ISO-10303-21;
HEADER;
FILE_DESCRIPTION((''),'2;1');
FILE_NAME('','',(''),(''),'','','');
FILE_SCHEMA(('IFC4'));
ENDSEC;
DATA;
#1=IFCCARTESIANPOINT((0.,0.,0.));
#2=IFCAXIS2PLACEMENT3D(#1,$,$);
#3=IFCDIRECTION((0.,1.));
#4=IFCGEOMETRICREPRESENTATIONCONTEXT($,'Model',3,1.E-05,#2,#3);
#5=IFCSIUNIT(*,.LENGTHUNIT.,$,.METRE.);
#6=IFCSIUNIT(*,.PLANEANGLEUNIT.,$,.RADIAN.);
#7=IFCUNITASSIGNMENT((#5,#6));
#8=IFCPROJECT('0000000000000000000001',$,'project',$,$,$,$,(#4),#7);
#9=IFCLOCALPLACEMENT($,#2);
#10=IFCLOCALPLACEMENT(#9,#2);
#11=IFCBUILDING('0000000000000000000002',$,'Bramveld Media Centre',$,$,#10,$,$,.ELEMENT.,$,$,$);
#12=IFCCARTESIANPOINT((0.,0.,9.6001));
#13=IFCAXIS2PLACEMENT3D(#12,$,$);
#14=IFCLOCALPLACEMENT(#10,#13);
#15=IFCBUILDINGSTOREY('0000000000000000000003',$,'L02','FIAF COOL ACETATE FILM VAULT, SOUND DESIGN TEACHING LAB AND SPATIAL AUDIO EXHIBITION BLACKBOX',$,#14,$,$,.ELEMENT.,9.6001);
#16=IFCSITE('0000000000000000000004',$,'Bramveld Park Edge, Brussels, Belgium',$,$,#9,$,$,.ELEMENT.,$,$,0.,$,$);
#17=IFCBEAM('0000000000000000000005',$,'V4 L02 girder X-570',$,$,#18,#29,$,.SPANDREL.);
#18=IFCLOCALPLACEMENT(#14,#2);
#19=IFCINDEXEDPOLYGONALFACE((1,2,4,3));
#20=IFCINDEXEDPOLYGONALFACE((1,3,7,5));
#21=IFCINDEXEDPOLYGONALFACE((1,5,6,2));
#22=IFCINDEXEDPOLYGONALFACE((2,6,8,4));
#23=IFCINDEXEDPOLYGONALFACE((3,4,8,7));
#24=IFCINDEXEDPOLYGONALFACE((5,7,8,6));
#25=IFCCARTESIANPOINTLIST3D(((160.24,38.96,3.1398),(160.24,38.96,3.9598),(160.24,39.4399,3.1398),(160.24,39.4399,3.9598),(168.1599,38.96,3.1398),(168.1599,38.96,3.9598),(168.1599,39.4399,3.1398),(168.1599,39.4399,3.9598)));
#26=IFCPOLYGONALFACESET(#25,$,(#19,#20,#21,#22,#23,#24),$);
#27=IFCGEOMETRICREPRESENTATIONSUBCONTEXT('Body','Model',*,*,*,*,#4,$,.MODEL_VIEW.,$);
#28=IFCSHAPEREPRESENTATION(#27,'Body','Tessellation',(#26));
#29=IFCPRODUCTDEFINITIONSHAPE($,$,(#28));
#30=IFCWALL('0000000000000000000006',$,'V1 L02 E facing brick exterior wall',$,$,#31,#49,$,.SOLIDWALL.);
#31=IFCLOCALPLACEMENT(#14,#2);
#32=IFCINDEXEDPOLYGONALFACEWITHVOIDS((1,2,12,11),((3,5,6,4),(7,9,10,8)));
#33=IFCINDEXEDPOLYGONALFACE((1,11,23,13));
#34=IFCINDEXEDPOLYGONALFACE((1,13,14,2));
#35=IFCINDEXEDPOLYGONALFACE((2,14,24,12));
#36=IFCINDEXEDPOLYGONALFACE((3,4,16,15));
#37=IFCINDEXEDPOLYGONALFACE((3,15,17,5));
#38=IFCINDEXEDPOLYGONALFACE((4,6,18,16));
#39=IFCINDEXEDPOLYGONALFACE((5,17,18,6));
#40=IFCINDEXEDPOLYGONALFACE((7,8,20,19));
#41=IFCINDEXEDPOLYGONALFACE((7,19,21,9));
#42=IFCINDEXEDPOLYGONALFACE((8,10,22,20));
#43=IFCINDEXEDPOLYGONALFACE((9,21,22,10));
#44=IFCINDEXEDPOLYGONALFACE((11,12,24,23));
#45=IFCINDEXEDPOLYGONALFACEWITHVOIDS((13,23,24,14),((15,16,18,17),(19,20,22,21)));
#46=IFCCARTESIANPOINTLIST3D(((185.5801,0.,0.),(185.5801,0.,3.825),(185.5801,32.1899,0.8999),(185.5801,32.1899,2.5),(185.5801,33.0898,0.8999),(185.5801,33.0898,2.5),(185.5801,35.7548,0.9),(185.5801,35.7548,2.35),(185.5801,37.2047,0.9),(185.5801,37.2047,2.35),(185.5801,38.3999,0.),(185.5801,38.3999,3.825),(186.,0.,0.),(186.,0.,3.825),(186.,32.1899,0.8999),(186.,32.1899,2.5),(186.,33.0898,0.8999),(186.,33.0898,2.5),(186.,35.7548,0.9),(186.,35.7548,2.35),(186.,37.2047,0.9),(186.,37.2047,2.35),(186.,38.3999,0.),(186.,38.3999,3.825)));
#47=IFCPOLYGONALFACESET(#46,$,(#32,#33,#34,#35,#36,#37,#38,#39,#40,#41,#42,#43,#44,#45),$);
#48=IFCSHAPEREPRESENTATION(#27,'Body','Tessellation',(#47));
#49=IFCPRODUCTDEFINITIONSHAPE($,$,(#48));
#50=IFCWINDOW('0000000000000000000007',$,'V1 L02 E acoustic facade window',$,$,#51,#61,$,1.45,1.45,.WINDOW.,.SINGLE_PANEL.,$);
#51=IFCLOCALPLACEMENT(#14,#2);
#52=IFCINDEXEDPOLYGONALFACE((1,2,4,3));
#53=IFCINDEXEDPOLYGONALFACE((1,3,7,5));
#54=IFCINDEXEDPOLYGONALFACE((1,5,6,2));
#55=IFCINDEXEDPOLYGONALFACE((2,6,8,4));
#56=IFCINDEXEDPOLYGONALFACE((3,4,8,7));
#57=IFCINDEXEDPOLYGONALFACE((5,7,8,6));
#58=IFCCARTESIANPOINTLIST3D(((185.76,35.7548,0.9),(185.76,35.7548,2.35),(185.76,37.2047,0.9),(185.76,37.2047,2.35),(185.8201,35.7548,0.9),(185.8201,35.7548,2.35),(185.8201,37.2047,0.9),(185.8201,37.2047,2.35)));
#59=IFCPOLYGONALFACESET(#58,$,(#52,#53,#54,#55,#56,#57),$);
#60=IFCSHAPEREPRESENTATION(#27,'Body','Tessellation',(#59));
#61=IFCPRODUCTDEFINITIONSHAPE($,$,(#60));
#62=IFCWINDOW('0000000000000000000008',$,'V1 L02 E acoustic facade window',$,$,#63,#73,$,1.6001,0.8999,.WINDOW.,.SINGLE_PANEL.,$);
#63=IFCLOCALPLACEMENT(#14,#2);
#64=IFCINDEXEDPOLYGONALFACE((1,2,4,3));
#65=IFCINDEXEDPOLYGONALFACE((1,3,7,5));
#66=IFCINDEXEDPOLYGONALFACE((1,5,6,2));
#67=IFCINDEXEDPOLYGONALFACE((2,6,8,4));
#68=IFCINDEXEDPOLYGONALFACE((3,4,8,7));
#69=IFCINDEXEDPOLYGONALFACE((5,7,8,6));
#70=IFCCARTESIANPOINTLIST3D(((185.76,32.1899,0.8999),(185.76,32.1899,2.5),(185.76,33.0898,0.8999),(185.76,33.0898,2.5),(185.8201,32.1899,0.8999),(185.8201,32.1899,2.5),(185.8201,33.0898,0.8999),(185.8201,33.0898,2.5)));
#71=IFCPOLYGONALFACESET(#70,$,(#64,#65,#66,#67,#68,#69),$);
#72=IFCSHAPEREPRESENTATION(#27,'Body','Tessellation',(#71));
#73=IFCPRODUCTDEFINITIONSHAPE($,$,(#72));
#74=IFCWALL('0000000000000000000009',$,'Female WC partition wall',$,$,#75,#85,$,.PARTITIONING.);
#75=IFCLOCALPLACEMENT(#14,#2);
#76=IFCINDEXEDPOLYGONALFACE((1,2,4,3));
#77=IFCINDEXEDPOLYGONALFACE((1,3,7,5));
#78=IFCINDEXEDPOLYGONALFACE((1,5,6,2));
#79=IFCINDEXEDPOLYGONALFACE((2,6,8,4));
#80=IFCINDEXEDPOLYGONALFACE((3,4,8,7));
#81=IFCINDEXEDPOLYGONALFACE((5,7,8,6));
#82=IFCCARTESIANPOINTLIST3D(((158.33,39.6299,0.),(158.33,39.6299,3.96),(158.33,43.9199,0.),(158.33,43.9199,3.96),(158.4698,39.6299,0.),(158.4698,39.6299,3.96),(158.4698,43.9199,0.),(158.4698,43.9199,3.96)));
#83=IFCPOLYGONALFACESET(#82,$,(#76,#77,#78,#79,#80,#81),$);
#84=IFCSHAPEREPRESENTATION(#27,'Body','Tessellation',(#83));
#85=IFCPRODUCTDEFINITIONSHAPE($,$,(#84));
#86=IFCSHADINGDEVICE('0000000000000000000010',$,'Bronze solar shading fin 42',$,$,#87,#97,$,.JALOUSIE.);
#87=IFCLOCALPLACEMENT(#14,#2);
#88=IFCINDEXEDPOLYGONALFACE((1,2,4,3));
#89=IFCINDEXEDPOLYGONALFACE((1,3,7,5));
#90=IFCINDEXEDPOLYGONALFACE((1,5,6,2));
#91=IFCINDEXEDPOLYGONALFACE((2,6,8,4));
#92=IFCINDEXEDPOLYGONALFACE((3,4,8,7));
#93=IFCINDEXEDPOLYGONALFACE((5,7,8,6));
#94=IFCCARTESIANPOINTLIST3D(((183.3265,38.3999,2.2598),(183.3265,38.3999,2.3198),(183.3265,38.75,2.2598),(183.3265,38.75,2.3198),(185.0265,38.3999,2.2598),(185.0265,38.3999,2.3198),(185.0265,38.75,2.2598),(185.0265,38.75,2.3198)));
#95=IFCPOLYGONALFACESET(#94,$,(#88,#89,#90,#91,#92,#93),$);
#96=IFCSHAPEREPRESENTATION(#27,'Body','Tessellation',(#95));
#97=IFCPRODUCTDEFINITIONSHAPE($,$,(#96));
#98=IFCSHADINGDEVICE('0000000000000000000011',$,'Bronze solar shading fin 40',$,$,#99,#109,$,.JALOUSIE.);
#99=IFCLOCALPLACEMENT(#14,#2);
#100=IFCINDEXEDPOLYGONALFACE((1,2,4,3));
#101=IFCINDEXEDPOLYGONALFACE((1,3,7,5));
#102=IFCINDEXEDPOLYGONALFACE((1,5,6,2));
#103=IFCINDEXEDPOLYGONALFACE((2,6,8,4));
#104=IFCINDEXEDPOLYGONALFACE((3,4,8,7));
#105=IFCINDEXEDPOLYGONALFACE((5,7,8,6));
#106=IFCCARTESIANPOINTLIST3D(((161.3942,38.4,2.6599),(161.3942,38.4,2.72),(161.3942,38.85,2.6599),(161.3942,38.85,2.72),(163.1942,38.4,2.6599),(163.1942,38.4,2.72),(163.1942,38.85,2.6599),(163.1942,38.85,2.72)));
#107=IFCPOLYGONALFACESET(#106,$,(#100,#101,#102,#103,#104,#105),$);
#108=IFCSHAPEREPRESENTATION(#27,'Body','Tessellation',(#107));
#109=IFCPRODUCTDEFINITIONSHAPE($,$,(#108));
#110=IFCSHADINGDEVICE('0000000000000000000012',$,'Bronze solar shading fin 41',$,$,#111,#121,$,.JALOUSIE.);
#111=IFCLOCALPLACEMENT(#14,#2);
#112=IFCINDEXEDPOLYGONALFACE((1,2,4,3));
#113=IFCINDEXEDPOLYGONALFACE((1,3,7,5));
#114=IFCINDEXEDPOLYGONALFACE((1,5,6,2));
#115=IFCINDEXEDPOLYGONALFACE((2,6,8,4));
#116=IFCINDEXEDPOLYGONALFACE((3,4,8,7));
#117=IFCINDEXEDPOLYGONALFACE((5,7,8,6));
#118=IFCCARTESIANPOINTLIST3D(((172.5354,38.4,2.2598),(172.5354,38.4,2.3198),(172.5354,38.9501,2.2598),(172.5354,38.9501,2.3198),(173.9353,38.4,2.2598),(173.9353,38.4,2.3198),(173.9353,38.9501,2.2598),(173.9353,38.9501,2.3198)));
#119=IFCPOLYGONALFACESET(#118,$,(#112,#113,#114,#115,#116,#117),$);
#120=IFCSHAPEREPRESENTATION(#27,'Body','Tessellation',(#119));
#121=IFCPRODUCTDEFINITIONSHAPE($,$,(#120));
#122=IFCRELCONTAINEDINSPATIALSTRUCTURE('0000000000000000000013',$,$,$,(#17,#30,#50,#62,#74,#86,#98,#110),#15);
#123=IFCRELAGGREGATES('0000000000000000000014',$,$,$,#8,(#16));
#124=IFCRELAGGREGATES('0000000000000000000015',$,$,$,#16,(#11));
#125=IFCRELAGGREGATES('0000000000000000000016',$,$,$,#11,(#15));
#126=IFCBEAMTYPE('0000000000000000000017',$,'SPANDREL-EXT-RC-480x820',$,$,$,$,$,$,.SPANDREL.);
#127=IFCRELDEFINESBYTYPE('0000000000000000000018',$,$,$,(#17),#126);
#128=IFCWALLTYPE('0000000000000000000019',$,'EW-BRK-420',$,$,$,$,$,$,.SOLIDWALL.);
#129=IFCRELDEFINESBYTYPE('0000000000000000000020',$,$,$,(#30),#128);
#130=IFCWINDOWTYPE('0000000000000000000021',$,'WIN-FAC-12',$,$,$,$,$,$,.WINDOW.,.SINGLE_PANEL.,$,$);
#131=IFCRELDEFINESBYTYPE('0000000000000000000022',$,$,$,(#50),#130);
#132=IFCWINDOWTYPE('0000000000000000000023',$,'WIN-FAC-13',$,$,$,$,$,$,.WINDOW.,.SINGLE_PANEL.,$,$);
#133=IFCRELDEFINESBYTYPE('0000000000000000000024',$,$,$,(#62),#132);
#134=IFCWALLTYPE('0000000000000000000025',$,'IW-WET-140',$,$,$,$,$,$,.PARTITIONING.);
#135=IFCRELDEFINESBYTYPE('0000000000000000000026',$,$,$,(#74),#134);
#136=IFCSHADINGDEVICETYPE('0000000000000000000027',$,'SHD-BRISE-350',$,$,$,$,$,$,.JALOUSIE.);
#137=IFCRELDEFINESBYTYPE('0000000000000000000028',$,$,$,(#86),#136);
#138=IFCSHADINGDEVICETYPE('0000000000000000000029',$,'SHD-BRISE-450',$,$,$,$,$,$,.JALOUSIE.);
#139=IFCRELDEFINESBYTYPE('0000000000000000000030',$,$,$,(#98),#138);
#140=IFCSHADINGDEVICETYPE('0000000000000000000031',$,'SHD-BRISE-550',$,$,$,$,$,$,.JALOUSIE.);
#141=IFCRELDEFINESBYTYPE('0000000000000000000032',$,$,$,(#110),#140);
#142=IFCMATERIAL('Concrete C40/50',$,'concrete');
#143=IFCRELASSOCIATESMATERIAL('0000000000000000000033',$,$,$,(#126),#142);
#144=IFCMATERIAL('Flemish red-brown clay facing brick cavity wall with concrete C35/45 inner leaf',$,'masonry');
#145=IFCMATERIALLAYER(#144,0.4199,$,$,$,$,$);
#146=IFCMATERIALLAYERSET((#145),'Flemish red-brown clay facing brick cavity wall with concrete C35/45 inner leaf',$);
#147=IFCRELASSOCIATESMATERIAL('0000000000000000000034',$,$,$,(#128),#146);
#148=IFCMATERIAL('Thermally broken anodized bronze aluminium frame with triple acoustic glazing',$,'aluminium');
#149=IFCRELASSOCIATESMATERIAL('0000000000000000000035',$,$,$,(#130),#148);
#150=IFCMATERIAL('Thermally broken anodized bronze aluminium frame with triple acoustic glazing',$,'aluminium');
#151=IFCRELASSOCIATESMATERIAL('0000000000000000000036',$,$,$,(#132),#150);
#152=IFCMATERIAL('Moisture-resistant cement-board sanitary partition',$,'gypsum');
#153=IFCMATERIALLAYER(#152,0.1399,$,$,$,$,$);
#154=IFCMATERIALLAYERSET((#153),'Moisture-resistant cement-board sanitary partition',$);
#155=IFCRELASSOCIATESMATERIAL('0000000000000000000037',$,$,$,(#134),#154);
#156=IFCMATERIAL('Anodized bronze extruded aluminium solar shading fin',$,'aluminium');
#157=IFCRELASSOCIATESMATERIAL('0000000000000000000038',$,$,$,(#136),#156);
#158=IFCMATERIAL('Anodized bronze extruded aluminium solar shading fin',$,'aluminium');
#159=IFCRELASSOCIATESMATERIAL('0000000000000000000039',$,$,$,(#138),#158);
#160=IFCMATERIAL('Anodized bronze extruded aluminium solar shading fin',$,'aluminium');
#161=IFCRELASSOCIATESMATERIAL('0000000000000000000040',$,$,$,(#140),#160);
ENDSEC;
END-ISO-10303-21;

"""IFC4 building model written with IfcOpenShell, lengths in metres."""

from ifc_helpers import new_model, si_unit, direction, frame, frame_2d, origin, origin_2d, place, context, subcontext, project, spatial, rectangle, extrude, material, layer, layer_set, material_profile, profile_set, type_object, element, fill, save


model = new_model("IFC4")

# Units and contexts
model_context = context("Model", 3, precision=1e-05, world=origin(), true_north=direction((0.0, 1.0)))
body_context = subcontext(model_context, "Body", "Model", "MODEL_VIEW")
ifc_project = project(units=[si_unit("LENGTHUNIT", "METRE"), si_unit("PLANEANGLEUNIT", "RADIAN")], contexts=[model_context])

# Site, building, storey
site_placement = place(None, origin())
site = spatial("IfcSite", under=ifc_project, at=site_placement, Name="Bramveld Park Edge, Brussels, Belgium", CompositionType="ELEMENT", RefElevation=0.0)
building_placement = place(site_placement, origin())
building = spatial("IfcBuilding", under=site, at=building_placement, Name="Bramveld Media Centre", CompositionType="ELEMENT")
storey_placement = place(building_placement, frame((0.0, 0.0, 9.6001)))
storey = spatial("IfcBuildingStorey", under=building, at=storey_placement, Name="L02", Description="FIAF COOL ACETATE FILM VAULT, SOUND DESIGN TEACHING LAB AND SPATIAL AUDIO EXHIBITION BLACKBOX", CompositionType="ELEMENT", Elevation=9.6001)

# Beam
ifc_material_1 = material(Name="Concrete C40/50", Category="concrete")
ifc_material_profile_1 = material_profile(ifc_material_1, rectangle(XDim=0.48, YDim=0.8201, at=origin_2d()), Name="RC 480x820")
ifc_profile_set_1 = profile_set([ifc_material_profile_1], Name="Concrete C40/50")
beam_type_1 = type_object("IfcBeamType", Name="SPANDREL-EXT-RC-480x820", PredefinedType="SPANDREL", material=ifc_profile_set_1)
beam_1_placement = place(storey_placement, frame((160.24, 39.2, 3.5498), z_axis=(1.0, 0.0, 0.0), x_axis=(0.0, 1.0, 0.0)))
element("IfcBeam", 1, at=beam_1_placement, inside=storey, type_object=beam_type_1, Name="V4 L02 girder X-570", PredefinedType="SPANDREL", context=body_context, shape_type="SweptSolid", body=[
    extrude(rectangle(XDim=0.48, YDim=0.8201, at=origin_2d()), origin(), (0.0, 0.0, 1.0), 7.9199),
])

# Wall, openings, windows
ifc_material_2 = material(Name="Flemish red-brown clay facing brick cavity wall with concrete C35/45 inner leaf", Category="masonry")
ifc_layer_1 = layer(ifc_material_2, 0.4199)
ifc_layer_set_1 = layer_set([ifc_layer_1], Name="Flemish red-brown clay facing brick cavity wall with concrete C35/45 inner leaf")
wall_type_1 = type_object("IfcWallType", Name="EW-BRK-420", PredefinedType="SOLIDWALL", material=ifc_layer_set_1)
wall_1_placement = place(storey_placement, frame((185.79, 38.3999, 0.0), z_axis=(0.0, 0.0, 1.0), x_axis=(0.0, -1.0, 0.0)))
wall_1 = element("IfcWall", 2, at=wall_1_placement, inside=storey, type_object=wall_type_1, Name="V1 L02 E facing brick exterior wall", PredefinedType="SOLIDWALL", context=body_context, shape_type="SweptSolid", body=[
    extrude(rectangle(XDim=38.3999, YDim=0.4199, at=frame_2d((19.2, 0.0))), origin(), (0.0, 0.0, 1.0), 3.825),
])
opening_1_placement = place(wall_1_placement, frame((1.1951, 0.0, 0.8999)))
opening_1 = element("IfcOpeningElement", 3, at=opening_1_placement, cuts=wall_1, PredefinedType="OPENING", context=body_context, shape_type="SweptSolid", body=[
    extrude(rectangle(XDim=1.45, YDim=1.45, at=frame_2d((0.7251, 0.7251))), frame((0.0, 0.2219, 0.0), z_axis=(0.0, -1.0, 0.0), x_axis=(1.0, 0.0, 0.0)), (0.0, 0.0, 1.0), 0.4438),
])
opening_2_placement = place(wall_1_placement, frame((5.3101, 0.0, 0.8999)))
opening_2 = element("IfcOpeningElement", 4, at=opening_2_placement, cuts=wall_1, PredefinedType="OPENING", context=body_context, shape_type="SweptSolid", body=[
    extrude(rectangle(XDim=0.8999, YDim=1.6001, at=frame_2d((0.45, 0.8))), frame((0.0, 0.2219, 0.0), z_axis=(0.0, -1.0, 0.0), x_axis=(1.0, 0.0, 0.0)), (0.0, 0.0, 1.0), 0.4438),
])
ifc_material_3 = material(Name="Thermally broken anodized bronze aluminium frame with triple acoustic glazing", Category="aluminium")
window_type_1 = type_object("IfcWindowType", Name="WIN-FAC-12", PartitioningType="SINGLE_PANEL", PredefinedType="WINDOW", material=ifc_material_3)
window_1_placement = place(opening_1_placement, origin())
window_1 = element("IfcWindow", 5, at=window_1_placement, inside=storey, type_object=window_type_1, Name="V1 L02 E acoustic facade window", OverallHeight=1.45, OverallWidth=1.45, PartitioningType="SINGLE_PANEL", PredefinedType="WINDOW", context=body_context, shape_type="SweptSolid", body=[
    extrude(rectangle(XDim=1.45, YDim=1.45, at=frame_2d((0.7251, 0.7251))), frame((0.0, 0.03, 0.0), z_axis=(0.0, -1.0, 0.0), x_axis=(1.0, 0.0, 0.0)), (0.0, 0.0, 1.0), 0.0601),
])
fill(opening_1, window_1)
ifc_material_4 = material(Name="Thermally broken anodized bronze aluminium frame with triple acoustic glazing", Category="aluminium")
window_type_2 = type_object("IfcWindowType", Name="WIN-FAC-13", PartitioningType="SINGLE_PANEL", PredefinedType="WINDOW", material=ifc_material_4)
window_2_placement = place(opening_2_placement, origin())
window_2 = element("IfcWindow", 6, at=window_2_placement, inside=storey, type_object=window_type_2, Name="V1 L02 E acoustic facade window", OverallHeight=1.6001, OverallWidth=0.8999, PartitioningType="SINGLE_PANEL", PredefinedType="WINDOW", context=body_context, shape_type="SweptSolid", body=[
    extrude(rectangle(XDim=0.8999, YDim=1.6001, at=frame_2d((0.45, 0.8))), frame((0.0, 0.03, 0.0), z_axis=(0.0, -1.0, 0.0), x_axis=(1.0, 0.0, 0.0)), (0.0, 0.0, 1.0), 0.0601),
])
fill(opening_2, window_2)

# Wall
ifc_material_5 = material(Name="Moisture-resistant cement-board sanitary partition", Category="gypsum")
ifc_layer_2 = layer(ifc_material_5, 0.1399)
ifc_layer_set_2 = layer_set([ifc_layer_2], Name="Moisture-resistant cement-board sanitary partition")
wall_type_2 = type_object("IfcWallType", Name="IW-WET-140", PredefinedType="PARTITIONING", material=ifc_layer_set_2)
wall_2_placement = place(storey_placement, frame((158.3999, 39.6299, 0.0), z_axis=(0.0, 0.0, 1.0), x_axis=(0.0, 1.0, 0.0)))
element("IfcWall", 7, at=wall_2_placement, inside=storey, type_object=wall_type_2, Name="Female WC partition wall", PredefinedType="PARTITIONING", context=body_context, shape_type="SweptSolid", body=[
    extrude(rectangle(XDim=4.29, YDim=0.1399, at=frame_2d((2.145, 0.0))), origin(), (0.0, 0.0, 1.0), 3.96),
])

# Shading devices
ifc_material_6 = material(Name="Anodized bronze extruded aluminium solar shading fin", Category="aluminium")
shading_device_type_1 = type_object("IfcShadingDeviceType", Name="SHD-BRISE-350", PredefinedType="JALOUSIE", material=ifc_material_6)
shading_device_1_placement = place(storey_placement, frame((184.1765, 38.575, 2.2598), z_axis=(0.0, 0.0, 1.0), x_axis=(1.0, 0.0, 0.0)))
element("IfcShadingDevice", 8, at=shading_device_1_placement, inside=storey, type_object=shading_device_type_1, Name="Bronze solar shading fin 42", PredefinedType="JALOUSIE", context=body_context, shape_type="SweptSolid", body=[
    extrude(rectangle(XDim=1.7, YDim=0.3501, at=origin_2d()), origin(), (0.0, 0.0, 1.0), 0.0601),
])
ifc_material_7 = material(Name="Anodized bronze extruded aluminium solar shading fin", Category="aluminium")
shading_device_type_2 = type_object("IfcShadingDeviceType", Name="SHD-BRISE-450", PredefinedType="JALOUSIE", material=ifc_material_7)
shading_device_2_placement = place(storey_placement, frame((162.2942, 38.625, 2.6599), z_axis=(0.0, 0.0, 1.0), x_axis=(1.0, 0.0, 0.0)))
element("IfcShadingDevice", 9, at=shading_device_2_placement, inside=storey, type_object=shading_device_type_2, Name="Bronze solar shading fin 40", PredefinedType="JALOUSIE", context=body_context, shape_type="SweptSolid", body=[
    extrude(rectangle(XDim=1.8, YDim=0.45, at=origin_2d()), origin(), (0.0, 0.0, 1.0), 0.0601),
])
ifc_material_8 = material(Name="Anodized bronze extruded aluminium solar shading fin", Category="aluminium")
shading_device_type_3 = type_object("IfcShadingDeviceType", Name="SHD-BRISE-550", PredefinedType="JALOUSIE", material=ifc_material_8)
shading_device_3_placement = place(storey_placement, frame((173.2354, 38.675, 2.2598), z_axis=(0.0, 0.0, 1.0), x_axis=(1.0, 0.0, 0.0)))
element("IfcShadingDevice", 10, at=shading_device_3_placement, inside=storey, type_object=shading_device_type_3, Name="Bronze solar shading fin 41", PredefinedType="JALOUSIE", context=body_context, shape_type="SweptSolid", body=[
    extrude(rectangle(XDim=1.3999, YDim=0.55, at=origin_2d()), origin(), (0.0, 0.0, 1.0), 0.0601),
])

save(model, "model.ifc")
